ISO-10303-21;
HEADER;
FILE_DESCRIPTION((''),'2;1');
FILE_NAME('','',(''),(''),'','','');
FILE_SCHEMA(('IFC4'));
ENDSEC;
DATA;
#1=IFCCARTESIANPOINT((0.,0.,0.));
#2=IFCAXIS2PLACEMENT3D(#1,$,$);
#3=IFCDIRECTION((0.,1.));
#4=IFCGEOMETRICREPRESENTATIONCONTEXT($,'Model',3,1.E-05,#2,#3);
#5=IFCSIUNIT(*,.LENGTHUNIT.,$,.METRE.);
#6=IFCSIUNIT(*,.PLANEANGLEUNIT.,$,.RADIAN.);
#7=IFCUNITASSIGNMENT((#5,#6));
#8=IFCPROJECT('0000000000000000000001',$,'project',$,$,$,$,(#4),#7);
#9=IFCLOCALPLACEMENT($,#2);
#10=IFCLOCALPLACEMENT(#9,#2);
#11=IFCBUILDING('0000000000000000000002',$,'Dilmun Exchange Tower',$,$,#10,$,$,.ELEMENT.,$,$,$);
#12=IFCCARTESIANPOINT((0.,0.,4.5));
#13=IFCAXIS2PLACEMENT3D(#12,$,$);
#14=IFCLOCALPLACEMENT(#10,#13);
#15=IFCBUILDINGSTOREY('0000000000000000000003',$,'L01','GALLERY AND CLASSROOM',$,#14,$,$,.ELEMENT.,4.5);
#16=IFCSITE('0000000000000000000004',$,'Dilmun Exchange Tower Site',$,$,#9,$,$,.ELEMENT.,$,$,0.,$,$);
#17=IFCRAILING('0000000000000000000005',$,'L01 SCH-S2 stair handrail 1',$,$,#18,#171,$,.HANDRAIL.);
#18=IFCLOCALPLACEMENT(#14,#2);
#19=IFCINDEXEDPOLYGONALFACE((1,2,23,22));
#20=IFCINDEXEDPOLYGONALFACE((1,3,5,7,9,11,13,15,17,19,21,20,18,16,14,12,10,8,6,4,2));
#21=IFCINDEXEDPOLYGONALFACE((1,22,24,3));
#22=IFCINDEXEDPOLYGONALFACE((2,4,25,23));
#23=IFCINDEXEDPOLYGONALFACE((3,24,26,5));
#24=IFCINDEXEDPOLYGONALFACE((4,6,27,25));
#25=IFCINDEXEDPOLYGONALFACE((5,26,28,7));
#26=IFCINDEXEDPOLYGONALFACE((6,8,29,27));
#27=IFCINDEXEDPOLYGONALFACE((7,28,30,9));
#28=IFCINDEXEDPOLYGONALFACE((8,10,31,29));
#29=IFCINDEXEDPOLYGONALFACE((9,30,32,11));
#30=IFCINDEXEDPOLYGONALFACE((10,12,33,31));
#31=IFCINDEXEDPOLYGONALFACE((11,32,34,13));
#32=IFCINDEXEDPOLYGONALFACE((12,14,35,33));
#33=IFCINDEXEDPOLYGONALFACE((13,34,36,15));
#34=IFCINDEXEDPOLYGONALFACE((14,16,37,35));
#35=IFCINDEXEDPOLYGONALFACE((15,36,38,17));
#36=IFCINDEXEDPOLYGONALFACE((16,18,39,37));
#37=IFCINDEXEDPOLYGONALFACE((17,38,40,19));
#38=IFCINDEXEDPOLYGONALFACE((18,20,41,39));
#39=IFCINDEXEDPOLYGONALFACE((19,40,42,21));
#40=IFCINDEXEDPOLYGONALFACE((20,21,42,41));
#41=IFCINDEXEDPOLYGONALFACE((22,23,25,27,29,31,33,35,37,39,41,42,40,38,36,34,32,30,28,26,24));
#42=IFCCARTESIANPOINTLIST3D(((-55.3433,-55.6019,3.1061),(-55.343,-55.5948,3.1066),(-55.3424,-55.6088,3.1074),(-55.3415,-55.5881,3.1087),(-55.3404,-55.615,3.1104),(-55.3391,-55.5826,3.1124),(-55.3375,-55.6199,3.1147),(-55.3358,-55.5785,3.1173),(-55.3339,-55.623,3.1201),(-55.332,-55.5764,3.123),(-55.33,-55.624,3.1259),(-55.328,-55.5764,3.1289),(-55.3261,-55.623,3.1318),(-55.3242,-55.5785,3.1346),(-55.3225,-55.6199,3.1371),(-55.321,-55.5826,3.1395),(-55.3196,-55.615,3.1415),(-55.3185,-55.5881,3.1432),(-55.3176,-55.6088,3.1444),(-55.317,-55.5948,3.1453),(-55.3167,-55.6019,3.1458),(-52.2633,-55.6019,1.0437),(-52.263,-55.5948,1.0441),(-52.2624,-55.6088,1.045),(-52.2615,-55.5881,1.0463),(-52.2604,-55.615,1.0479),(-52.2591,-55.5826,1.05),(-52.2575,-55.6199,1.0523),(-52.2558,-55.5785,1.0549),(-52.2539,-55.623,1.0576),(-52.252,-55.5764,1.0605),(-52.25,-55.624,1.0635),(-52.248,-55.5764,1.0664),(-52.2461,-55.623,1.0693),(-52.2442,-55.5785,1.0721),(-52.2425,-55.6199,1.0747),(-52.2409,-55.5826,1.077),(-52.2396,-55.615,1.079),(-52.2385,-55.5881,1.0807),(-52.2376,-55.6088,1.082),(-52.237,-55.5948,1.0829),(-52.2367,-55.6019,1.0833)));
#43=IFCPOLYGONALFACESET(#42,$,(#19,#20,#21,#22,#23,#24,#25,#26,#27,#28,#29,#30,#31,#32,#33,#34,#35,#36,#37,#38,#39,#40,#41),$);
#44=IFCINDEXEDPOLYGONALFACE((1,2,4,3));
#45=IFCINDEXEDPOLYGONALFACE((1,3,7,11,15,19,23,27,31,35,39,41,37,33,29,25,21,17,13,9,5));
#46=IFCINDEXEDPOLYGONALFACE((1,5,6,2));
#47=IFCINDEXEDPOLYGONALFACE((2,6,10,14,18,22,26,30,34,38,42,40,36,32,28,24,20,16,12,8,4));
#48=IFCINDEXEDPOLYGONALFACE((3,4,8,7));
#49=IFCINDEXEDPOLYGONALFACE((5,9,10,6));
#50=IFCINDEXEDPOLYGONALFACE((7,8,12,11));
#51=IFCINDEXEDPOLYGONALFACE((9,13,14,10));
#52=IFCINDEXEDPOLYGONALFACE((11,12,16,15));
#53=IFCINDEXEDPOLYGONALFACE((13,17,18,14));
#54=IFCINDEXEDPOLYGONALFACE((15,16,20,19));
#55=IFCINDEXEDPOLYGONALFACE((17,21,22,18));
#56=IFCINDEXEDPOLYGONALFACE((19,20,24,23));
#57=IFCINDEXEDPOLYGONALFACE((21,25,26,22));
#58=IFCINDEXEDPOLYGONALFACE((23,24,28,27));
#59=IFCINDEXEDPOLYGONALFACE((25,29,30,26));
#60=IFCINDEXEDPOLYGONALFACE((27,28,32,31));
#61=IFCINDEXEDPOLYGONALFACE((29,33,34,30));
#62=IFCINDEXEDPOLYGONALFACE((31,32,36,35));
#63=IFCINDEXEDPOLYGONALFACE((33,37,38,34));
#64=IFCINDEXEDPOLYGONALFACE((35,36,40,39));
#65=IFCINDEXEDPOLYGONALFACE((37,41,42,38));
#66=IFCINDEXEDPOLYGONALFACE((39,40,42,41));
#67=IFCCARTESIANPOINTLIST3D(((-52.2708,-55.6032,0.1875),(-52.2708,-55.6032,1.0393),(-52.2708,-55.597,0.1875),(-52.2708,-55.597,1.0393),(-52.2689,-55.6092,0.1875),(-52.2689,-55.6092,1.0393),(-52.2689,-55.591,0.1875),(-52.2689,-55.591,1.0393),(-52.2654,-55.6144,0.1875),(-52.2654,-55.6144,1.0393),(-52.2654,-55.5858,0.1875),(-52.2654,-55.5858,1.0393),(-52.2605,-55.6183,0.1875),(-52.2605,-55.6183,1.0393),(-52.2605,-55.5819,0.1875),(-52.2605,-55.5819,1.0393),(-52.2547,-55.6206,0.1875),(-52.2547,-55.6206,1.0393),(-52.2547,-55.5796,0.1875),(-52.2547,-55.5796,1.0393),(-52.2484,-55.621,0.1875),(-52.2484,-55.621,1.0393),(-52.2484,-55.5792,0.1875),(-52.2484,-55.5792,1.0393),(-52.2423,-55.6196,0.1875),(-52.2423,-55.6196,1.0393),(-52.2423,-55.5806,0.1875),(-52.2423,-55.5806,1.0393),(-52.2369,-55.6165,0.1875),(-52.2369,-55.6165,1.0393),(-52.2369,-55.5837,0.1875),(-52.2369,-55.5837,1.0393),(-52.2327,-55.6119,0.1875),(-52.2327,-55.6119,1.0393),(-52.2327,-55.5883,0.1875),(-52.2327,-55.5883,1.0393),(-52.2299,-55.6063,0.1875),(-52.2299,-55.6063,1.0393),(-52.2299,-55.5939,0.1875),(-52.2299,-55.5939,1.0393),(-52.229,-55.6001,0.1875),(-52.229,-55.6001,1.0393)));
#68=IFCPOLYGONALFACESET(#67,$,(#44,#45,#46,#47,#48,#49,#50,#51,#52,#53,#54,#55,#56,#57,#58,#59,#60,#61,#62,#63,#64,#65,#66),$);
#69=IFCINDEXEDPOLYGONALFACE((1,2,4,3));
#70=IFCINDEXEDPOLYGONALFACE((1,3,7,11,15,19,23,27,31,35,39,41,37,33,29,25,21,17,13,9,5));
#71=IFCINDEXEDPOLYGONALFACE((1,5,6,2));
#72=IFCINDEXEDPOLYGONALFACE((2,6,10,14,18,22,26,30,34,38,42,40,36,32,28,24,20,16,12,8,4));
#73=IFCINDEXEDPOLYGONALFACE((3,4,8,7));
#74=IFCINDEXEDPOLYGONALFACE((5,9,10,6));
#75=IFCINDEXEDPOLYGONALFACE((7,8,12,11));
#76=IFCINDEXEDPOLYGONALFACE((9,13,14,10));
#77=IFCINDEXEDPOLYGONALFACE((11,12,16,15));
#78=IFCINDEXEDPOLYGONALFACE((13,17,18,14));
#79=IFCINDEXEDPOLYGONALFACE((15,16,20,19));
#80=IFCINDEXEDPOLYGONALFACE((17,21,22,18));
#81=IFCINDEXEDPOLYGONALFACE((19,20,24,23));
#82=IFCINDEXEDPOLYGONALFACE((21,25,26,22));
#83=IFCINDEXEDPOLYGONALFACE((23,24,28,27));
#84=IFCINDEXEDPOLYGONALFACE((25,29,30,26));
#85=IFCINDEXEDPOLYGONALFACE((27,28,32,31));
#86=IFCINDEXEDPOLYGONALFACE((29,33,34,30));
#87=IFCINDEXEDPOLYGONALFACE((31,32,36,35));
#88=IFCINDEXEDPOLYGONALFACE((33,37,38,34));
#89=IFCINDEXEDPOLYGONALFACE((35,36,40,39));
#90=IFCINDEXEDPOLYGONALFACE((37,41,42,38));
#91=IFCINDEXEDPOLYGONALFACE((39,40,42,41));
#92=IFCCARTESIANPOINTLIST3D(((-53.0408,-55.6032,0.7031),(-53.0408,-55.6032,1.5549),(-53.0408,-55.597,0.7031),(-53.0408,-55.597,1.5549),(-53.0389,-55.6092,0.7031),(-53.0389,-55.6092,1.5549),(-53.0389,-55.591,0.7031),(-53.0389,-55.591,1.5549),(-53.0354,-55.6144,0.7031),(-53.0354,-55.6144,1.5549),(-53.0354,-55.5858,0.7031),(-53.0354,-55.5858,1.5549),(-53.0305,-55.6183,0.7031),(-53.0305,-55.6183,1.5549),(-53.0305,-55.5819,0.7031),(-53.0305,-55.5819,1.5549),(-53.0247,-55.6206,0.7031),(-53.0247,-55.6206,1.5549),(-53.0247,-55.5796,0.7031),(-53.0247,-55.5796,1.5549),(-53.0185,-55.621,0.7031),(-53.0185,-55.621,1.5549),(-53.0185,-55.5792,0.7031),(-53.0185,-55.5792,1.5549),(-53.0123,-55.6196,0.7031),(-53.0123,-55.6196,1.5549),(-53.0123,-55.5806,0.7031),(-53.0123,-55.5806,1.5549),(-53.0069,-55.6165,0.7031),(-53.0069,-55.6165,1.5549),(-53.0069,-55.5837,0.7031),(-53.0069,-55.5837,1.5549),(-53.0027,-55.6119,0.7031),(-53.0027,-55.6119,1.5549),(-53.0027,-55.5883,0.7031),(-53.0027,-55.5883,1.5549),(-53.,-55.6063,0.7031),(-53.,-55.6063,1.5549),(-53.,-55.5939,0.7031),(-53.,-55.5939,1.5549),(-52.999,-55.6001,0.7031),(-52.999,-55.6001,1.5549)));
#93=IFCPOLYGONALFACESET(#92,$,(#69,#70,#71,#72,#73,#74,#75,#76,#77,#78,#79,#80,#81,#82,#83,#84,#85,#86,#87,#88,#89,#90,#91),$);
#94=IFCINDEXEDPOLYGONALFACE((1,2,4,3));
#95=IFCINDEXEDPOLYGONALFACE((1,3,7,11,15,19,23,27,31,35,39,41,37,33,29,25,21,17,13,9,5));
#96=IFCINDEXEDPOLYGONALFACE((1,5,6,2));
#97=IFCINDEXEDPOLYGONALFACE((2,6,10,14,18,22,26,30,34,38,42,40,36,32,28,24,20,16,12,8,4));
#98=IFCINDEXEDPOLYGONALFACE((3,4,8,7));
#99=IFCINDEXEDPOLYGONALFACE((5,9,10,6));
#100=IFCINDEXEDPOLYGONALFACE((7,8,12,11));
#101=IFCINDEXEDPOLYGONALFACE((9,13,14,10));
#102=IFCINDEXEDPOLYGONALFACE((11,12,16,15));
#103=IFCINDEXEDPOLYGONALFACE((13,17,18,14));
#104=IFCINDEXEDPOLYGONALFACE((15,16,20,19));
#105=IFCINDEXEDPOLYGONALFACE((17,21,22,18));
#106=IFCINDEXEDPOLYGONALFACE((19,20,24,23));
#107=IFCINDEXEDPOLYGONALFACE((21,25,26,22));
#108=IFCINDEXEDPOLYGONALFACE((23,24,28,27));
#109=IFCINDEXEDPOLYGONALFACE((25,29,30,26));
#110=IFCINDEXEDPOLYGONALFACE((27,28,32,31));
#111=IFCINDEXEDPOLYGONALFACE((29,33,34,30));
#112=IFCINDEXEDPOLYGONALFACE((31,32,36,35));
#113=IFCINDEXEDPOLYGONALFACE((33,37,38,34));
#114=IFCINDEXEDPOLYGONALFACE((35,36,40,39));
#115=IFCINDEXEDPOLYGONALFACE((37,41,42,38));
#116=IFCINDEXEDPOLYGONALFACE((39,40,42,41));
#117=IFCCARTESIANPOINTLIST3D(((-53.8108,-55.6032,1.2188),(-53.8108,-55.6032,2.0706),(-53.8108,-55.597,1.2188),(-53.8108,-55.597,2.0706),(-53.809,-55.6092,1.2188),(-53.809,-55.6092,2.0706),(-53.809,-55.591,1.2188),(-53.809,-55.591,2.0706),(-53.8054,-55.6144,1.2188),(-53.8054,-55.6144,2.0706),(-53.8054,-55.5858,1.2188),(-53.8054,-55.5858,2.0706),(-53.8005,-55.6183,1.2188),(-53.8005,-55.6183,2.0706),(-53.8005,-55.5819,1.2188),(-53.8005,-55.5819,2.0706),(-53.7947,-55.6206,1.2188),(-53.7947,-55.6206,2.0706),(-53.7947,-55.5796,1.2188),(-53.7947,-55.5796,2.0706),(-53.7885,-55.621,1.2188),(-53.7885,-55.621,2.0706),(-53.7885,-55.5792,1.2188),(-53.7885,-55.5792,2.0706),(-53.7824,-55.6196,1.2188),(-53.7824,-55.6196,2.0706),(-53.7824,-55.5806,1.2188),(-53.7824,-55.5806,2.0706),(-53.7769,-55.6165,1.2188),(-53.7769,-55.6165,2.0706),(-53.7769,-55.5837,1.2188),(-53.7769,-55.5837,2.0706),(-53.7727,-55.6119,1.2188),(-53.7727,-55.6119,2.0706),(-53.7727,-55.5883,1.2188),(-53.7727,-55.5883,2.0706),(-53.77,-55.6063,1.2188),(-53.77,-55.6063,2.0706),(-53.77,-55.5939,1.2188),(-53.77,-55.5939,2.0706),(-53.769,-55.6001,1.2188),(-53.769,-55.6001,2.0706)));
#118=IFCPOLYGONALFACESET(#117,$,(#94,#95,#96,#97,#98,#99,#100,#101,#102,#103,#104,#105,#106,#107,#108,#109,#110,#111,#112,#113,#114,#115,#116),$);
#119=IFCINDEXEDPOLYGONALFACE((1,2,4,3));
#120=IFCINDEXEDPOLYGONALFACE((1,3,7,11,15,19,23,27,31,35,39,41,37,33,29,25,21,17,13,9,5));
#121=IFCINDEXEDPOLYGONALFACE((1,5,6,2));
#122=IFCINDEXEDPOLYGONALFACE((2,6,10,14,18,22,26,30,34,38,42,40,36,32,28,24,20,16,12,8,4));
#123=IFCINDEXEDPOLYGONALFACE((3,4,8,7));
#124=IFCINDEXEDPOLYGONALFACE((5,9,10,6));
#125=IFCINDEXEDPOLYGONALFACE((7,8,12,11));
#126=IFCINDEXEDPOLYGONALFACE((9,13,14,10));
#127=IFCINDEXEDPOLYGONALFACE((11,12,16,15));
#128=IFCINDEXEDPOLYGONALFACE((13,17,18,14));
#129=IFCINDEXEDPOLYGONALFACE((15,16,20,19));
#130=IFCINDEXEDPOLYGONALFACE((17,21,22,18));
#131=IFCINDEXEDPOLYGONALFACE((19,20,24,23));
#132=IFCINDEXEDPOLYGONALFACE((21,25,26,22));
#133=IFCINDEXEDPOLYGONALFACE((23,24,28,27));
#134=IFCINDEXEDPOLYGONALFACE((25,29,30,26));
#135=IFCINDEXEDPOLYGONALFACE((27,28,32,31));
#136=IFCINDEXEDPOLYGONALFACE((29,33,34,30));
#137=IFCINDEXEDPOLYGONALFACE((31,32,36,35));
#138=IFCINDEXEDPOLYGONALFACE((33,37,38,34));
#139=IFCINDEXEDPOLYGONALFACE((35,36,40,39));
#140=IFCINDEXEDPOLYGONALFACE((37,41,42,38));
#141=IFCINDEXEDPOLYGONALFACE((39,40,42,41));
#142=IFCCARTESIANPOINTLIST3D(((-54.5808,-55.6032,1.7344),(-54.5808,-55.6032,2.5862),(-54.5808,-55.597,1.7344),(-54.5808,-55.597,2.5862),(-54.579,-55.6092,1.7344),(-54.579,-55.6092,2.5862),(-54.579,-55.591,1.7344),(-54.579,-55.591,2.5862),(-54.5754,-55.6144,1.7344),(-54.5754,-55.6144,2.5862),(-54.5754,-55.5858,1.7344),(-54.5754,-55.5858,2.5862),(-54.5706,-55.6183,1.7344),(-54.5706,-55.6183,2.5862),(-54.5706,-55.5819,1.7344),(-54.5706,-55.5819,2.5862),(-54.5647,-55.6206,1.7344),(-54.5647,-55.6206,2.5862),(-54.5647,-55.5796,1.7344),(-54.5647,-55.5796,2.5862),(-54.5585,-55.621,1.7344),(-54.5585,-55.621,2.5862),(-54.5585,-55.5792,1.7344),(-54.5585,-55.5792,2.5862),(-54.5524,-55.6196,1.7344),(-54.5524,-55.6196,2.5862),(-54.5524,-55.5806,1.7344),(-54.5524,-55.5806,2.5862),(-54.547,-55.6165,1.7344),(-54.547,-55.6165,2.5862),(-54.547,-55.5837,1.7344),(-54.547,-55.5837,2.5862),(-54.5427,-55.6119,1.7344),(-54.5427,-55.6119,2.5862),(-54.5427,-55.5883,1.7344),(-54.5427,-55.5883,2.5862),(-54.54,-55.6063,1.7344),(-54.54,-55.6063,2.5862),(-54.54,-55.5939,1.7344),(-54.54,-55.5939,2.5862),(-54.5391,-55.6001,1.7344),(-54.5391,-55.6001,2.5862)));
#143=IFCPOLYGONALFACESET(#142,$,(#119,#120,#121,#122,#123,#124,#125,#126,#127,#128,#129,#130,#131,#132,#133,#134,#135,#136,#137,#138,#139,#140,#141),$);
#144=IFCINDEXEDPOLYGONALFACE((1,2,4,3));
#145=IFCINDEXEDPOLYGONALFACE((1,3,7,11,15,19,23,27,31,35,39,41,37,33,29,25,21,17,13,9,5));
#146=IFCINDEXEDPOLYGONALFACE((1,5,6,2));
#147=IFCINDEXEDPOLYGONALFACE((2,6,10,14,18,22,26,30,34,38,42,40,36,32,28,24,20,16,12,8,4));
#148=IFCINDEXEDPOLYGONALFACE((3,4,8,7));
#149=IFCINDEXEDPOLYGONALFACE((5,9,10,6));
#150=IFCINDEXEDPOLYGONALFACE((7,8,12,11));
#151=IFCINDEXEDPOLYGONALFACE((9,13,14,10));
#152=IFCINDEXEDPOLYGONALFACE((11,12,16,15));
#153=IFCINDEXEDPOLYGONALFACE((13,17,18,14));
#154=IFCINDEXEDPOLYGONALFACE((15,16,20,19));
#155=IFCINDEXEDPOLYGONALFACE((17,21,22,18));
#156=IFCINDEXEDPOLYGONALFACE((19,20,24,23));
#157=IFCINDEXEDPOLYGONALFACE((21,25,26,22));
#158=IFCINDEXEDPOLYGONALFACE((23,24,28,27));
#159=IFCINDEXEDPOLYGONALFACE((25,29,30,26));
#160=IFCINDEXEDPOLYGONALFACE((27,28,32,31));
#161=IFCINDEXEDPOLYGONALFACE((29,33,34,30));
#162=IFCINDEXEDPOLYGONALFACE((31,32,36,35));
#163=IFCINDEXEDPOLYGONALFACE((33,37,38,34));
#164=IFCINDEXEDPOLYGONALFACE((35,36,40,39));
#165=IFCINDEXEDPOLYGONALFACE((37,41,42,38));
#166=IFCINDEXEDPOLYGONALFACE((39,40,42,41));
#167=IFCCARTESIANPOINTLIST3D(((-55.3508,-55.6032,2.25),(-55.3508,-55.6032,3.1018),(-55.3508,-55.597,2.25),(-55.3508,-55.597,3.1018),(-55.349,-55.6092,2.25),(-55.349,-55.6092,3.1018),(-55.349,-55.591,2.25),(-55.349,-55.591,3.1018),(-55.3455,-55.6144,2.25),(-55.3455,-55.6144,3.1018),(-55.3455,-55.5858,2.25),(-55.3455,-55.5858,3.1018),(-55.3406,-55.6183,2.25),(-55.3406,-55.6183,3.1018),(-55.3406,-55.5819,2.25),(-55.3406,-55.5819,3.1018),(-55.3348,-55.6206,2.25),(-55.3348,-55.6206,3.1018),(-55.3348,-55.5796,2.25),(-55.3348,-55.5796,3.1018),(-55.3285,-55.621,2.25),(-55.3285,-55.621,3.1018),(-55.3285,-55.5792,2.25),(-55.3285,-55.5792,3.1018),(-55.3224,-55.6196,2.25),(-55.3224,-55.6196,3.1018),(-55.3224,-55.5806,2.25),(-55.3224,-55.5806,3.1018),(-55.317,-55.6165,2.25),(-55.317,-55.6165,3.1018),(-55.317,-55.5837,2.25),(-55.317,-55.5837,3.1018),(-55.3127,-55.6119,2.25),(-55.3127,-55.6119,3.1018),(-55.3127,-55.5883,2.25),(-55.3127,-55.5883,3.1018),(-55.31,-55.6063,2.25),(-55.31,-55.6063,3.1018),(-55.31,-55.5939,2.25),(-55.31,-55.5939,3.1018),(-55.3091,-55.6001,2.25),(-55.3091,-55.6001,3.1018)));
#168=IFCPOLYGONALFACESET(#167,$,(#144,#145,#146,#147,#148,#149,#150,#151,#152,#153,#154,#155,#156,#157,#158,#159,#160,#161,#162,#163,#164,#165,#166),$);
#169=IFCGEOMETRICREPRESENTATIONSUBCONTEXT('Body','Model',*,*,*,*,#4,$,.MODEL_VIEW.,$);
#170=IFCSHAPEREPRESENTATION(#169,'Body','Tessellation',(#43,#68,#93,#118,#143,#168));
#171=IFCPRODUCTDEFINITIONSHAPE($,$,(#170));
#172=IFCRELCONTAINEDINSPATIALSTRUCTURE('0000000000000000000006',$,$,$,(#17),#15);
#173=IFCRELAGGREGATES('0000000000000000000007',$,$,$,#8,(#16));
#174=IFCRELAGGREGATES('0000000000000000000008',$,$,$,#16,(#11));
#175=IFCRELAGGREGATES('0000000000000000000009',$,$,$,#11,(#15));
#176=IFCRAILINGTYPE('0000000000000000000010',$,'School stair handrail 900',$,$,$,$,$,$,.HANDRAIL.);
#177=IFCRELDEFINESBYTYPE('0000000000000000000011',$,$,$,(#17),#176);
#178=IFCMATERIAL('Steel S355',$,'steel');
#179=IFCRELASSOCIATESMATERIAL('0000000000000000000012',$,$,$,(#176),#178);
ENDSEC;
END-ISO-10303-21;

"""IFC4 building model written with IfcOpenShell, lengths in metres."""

from ifc_helpers import new_model, si_unit, direction, frame, origin, origin_2d, place, context, subcontext, project, spatial, circle, extrude, material, type_object, element, save


model = new_model("IFC4")

# Units and contexts
model_context = context("Model", 3, precision=1e-05, world=origin(), true_north=direction((0.0, 1.0)))
body_context = subcontext(model_context, "Body", "Model", "MODEL_VIEW")
ifc_project = project(units=[si_unit("LENGTHUNIT", "METRE"), si_unit("PLANEANGLEUNIT", "RADIAN")], contexts=[model_context])

# Site, building, storey
site_placement = place(None, origin())
site = spatial("IfcSite", under=ifc_project, at=site_placement, Name="Dilmun Exchange Tower Site", CompositionType="ELEMENT", RefElevation=0.0)
building_placement = place(site_placement, origin())
building = spatial("IfcBuilding", under=site, at=building_placement, Name="Dilmun Exchange Tower", CompositionType="ELEMENT")
storey_placement = place(building_placement, frame((0.0, 0.0, 4.5)))
storey = spatial("IfcBuildingStorey", under=building, at=storey_placement, Name="L01", Description="GALLERY AND CLASSROOM", CompositionType="ELEMENT", Elevation=4.5)

# Railing
ifc_material_1 = material(Name="Steel S355", Category="steel")
railing_type_1 = type_object("IfcRailingType", Name="School stair handrail 900", PredefinedType="HANDRAIL", material=ifc_material_1)
railing_1_placement = place(storey_placement, frame((-52.25, -55.6001, 0.1875)))
element("IfcRailing", 1, at=railing_1_placement, inside=storey, type_object=railing_type_1, Name="L01 SCH-S2 stair handrail 1", PredefinedType="HANDRAIL", context=body_context, shape_type="SweptSolid", body=[
    extrude(circle(Radius=0.0239, at=origin_2d()), frame((0.0, 0.0, 0.876), z_axis=(-0.830914, 0.0, 0.556401), x_axis=(0.0, -1.0, 0.0)), (0.0, 0.0, 1.0), 3.7068),
    extrude(circle(Radius=0.021, at=origin_2d()), origin(), (0.0, 0.0, 1.0), 0.8518),
    extrude(circle(Radius=0.021, at=origin_2d()), frame((-0.77, 0.0, 0.5156)), (0.0, 0.0, 1.0), 0.8518),
    extrude(circle(Radius=0.021, at=origin_2d()), frame((-1.54, 0.0, 1.0312)), (0.0, 0.0, 1.0), 0.8518),
    extrude(circle(Radius=0.021, at=origin_2d()), frame((-2.3101, 0.0, 1.5469)), (0.0, 0.0, 1.0), 0.8518),
    extrude(circle(Radius=0.021, at=origin_2d()), frame((-3.0801, 0.0, 2.0625)), (0.0, 0.0, 1.0), 0.8518),
])

save(model, "model.ifc")
